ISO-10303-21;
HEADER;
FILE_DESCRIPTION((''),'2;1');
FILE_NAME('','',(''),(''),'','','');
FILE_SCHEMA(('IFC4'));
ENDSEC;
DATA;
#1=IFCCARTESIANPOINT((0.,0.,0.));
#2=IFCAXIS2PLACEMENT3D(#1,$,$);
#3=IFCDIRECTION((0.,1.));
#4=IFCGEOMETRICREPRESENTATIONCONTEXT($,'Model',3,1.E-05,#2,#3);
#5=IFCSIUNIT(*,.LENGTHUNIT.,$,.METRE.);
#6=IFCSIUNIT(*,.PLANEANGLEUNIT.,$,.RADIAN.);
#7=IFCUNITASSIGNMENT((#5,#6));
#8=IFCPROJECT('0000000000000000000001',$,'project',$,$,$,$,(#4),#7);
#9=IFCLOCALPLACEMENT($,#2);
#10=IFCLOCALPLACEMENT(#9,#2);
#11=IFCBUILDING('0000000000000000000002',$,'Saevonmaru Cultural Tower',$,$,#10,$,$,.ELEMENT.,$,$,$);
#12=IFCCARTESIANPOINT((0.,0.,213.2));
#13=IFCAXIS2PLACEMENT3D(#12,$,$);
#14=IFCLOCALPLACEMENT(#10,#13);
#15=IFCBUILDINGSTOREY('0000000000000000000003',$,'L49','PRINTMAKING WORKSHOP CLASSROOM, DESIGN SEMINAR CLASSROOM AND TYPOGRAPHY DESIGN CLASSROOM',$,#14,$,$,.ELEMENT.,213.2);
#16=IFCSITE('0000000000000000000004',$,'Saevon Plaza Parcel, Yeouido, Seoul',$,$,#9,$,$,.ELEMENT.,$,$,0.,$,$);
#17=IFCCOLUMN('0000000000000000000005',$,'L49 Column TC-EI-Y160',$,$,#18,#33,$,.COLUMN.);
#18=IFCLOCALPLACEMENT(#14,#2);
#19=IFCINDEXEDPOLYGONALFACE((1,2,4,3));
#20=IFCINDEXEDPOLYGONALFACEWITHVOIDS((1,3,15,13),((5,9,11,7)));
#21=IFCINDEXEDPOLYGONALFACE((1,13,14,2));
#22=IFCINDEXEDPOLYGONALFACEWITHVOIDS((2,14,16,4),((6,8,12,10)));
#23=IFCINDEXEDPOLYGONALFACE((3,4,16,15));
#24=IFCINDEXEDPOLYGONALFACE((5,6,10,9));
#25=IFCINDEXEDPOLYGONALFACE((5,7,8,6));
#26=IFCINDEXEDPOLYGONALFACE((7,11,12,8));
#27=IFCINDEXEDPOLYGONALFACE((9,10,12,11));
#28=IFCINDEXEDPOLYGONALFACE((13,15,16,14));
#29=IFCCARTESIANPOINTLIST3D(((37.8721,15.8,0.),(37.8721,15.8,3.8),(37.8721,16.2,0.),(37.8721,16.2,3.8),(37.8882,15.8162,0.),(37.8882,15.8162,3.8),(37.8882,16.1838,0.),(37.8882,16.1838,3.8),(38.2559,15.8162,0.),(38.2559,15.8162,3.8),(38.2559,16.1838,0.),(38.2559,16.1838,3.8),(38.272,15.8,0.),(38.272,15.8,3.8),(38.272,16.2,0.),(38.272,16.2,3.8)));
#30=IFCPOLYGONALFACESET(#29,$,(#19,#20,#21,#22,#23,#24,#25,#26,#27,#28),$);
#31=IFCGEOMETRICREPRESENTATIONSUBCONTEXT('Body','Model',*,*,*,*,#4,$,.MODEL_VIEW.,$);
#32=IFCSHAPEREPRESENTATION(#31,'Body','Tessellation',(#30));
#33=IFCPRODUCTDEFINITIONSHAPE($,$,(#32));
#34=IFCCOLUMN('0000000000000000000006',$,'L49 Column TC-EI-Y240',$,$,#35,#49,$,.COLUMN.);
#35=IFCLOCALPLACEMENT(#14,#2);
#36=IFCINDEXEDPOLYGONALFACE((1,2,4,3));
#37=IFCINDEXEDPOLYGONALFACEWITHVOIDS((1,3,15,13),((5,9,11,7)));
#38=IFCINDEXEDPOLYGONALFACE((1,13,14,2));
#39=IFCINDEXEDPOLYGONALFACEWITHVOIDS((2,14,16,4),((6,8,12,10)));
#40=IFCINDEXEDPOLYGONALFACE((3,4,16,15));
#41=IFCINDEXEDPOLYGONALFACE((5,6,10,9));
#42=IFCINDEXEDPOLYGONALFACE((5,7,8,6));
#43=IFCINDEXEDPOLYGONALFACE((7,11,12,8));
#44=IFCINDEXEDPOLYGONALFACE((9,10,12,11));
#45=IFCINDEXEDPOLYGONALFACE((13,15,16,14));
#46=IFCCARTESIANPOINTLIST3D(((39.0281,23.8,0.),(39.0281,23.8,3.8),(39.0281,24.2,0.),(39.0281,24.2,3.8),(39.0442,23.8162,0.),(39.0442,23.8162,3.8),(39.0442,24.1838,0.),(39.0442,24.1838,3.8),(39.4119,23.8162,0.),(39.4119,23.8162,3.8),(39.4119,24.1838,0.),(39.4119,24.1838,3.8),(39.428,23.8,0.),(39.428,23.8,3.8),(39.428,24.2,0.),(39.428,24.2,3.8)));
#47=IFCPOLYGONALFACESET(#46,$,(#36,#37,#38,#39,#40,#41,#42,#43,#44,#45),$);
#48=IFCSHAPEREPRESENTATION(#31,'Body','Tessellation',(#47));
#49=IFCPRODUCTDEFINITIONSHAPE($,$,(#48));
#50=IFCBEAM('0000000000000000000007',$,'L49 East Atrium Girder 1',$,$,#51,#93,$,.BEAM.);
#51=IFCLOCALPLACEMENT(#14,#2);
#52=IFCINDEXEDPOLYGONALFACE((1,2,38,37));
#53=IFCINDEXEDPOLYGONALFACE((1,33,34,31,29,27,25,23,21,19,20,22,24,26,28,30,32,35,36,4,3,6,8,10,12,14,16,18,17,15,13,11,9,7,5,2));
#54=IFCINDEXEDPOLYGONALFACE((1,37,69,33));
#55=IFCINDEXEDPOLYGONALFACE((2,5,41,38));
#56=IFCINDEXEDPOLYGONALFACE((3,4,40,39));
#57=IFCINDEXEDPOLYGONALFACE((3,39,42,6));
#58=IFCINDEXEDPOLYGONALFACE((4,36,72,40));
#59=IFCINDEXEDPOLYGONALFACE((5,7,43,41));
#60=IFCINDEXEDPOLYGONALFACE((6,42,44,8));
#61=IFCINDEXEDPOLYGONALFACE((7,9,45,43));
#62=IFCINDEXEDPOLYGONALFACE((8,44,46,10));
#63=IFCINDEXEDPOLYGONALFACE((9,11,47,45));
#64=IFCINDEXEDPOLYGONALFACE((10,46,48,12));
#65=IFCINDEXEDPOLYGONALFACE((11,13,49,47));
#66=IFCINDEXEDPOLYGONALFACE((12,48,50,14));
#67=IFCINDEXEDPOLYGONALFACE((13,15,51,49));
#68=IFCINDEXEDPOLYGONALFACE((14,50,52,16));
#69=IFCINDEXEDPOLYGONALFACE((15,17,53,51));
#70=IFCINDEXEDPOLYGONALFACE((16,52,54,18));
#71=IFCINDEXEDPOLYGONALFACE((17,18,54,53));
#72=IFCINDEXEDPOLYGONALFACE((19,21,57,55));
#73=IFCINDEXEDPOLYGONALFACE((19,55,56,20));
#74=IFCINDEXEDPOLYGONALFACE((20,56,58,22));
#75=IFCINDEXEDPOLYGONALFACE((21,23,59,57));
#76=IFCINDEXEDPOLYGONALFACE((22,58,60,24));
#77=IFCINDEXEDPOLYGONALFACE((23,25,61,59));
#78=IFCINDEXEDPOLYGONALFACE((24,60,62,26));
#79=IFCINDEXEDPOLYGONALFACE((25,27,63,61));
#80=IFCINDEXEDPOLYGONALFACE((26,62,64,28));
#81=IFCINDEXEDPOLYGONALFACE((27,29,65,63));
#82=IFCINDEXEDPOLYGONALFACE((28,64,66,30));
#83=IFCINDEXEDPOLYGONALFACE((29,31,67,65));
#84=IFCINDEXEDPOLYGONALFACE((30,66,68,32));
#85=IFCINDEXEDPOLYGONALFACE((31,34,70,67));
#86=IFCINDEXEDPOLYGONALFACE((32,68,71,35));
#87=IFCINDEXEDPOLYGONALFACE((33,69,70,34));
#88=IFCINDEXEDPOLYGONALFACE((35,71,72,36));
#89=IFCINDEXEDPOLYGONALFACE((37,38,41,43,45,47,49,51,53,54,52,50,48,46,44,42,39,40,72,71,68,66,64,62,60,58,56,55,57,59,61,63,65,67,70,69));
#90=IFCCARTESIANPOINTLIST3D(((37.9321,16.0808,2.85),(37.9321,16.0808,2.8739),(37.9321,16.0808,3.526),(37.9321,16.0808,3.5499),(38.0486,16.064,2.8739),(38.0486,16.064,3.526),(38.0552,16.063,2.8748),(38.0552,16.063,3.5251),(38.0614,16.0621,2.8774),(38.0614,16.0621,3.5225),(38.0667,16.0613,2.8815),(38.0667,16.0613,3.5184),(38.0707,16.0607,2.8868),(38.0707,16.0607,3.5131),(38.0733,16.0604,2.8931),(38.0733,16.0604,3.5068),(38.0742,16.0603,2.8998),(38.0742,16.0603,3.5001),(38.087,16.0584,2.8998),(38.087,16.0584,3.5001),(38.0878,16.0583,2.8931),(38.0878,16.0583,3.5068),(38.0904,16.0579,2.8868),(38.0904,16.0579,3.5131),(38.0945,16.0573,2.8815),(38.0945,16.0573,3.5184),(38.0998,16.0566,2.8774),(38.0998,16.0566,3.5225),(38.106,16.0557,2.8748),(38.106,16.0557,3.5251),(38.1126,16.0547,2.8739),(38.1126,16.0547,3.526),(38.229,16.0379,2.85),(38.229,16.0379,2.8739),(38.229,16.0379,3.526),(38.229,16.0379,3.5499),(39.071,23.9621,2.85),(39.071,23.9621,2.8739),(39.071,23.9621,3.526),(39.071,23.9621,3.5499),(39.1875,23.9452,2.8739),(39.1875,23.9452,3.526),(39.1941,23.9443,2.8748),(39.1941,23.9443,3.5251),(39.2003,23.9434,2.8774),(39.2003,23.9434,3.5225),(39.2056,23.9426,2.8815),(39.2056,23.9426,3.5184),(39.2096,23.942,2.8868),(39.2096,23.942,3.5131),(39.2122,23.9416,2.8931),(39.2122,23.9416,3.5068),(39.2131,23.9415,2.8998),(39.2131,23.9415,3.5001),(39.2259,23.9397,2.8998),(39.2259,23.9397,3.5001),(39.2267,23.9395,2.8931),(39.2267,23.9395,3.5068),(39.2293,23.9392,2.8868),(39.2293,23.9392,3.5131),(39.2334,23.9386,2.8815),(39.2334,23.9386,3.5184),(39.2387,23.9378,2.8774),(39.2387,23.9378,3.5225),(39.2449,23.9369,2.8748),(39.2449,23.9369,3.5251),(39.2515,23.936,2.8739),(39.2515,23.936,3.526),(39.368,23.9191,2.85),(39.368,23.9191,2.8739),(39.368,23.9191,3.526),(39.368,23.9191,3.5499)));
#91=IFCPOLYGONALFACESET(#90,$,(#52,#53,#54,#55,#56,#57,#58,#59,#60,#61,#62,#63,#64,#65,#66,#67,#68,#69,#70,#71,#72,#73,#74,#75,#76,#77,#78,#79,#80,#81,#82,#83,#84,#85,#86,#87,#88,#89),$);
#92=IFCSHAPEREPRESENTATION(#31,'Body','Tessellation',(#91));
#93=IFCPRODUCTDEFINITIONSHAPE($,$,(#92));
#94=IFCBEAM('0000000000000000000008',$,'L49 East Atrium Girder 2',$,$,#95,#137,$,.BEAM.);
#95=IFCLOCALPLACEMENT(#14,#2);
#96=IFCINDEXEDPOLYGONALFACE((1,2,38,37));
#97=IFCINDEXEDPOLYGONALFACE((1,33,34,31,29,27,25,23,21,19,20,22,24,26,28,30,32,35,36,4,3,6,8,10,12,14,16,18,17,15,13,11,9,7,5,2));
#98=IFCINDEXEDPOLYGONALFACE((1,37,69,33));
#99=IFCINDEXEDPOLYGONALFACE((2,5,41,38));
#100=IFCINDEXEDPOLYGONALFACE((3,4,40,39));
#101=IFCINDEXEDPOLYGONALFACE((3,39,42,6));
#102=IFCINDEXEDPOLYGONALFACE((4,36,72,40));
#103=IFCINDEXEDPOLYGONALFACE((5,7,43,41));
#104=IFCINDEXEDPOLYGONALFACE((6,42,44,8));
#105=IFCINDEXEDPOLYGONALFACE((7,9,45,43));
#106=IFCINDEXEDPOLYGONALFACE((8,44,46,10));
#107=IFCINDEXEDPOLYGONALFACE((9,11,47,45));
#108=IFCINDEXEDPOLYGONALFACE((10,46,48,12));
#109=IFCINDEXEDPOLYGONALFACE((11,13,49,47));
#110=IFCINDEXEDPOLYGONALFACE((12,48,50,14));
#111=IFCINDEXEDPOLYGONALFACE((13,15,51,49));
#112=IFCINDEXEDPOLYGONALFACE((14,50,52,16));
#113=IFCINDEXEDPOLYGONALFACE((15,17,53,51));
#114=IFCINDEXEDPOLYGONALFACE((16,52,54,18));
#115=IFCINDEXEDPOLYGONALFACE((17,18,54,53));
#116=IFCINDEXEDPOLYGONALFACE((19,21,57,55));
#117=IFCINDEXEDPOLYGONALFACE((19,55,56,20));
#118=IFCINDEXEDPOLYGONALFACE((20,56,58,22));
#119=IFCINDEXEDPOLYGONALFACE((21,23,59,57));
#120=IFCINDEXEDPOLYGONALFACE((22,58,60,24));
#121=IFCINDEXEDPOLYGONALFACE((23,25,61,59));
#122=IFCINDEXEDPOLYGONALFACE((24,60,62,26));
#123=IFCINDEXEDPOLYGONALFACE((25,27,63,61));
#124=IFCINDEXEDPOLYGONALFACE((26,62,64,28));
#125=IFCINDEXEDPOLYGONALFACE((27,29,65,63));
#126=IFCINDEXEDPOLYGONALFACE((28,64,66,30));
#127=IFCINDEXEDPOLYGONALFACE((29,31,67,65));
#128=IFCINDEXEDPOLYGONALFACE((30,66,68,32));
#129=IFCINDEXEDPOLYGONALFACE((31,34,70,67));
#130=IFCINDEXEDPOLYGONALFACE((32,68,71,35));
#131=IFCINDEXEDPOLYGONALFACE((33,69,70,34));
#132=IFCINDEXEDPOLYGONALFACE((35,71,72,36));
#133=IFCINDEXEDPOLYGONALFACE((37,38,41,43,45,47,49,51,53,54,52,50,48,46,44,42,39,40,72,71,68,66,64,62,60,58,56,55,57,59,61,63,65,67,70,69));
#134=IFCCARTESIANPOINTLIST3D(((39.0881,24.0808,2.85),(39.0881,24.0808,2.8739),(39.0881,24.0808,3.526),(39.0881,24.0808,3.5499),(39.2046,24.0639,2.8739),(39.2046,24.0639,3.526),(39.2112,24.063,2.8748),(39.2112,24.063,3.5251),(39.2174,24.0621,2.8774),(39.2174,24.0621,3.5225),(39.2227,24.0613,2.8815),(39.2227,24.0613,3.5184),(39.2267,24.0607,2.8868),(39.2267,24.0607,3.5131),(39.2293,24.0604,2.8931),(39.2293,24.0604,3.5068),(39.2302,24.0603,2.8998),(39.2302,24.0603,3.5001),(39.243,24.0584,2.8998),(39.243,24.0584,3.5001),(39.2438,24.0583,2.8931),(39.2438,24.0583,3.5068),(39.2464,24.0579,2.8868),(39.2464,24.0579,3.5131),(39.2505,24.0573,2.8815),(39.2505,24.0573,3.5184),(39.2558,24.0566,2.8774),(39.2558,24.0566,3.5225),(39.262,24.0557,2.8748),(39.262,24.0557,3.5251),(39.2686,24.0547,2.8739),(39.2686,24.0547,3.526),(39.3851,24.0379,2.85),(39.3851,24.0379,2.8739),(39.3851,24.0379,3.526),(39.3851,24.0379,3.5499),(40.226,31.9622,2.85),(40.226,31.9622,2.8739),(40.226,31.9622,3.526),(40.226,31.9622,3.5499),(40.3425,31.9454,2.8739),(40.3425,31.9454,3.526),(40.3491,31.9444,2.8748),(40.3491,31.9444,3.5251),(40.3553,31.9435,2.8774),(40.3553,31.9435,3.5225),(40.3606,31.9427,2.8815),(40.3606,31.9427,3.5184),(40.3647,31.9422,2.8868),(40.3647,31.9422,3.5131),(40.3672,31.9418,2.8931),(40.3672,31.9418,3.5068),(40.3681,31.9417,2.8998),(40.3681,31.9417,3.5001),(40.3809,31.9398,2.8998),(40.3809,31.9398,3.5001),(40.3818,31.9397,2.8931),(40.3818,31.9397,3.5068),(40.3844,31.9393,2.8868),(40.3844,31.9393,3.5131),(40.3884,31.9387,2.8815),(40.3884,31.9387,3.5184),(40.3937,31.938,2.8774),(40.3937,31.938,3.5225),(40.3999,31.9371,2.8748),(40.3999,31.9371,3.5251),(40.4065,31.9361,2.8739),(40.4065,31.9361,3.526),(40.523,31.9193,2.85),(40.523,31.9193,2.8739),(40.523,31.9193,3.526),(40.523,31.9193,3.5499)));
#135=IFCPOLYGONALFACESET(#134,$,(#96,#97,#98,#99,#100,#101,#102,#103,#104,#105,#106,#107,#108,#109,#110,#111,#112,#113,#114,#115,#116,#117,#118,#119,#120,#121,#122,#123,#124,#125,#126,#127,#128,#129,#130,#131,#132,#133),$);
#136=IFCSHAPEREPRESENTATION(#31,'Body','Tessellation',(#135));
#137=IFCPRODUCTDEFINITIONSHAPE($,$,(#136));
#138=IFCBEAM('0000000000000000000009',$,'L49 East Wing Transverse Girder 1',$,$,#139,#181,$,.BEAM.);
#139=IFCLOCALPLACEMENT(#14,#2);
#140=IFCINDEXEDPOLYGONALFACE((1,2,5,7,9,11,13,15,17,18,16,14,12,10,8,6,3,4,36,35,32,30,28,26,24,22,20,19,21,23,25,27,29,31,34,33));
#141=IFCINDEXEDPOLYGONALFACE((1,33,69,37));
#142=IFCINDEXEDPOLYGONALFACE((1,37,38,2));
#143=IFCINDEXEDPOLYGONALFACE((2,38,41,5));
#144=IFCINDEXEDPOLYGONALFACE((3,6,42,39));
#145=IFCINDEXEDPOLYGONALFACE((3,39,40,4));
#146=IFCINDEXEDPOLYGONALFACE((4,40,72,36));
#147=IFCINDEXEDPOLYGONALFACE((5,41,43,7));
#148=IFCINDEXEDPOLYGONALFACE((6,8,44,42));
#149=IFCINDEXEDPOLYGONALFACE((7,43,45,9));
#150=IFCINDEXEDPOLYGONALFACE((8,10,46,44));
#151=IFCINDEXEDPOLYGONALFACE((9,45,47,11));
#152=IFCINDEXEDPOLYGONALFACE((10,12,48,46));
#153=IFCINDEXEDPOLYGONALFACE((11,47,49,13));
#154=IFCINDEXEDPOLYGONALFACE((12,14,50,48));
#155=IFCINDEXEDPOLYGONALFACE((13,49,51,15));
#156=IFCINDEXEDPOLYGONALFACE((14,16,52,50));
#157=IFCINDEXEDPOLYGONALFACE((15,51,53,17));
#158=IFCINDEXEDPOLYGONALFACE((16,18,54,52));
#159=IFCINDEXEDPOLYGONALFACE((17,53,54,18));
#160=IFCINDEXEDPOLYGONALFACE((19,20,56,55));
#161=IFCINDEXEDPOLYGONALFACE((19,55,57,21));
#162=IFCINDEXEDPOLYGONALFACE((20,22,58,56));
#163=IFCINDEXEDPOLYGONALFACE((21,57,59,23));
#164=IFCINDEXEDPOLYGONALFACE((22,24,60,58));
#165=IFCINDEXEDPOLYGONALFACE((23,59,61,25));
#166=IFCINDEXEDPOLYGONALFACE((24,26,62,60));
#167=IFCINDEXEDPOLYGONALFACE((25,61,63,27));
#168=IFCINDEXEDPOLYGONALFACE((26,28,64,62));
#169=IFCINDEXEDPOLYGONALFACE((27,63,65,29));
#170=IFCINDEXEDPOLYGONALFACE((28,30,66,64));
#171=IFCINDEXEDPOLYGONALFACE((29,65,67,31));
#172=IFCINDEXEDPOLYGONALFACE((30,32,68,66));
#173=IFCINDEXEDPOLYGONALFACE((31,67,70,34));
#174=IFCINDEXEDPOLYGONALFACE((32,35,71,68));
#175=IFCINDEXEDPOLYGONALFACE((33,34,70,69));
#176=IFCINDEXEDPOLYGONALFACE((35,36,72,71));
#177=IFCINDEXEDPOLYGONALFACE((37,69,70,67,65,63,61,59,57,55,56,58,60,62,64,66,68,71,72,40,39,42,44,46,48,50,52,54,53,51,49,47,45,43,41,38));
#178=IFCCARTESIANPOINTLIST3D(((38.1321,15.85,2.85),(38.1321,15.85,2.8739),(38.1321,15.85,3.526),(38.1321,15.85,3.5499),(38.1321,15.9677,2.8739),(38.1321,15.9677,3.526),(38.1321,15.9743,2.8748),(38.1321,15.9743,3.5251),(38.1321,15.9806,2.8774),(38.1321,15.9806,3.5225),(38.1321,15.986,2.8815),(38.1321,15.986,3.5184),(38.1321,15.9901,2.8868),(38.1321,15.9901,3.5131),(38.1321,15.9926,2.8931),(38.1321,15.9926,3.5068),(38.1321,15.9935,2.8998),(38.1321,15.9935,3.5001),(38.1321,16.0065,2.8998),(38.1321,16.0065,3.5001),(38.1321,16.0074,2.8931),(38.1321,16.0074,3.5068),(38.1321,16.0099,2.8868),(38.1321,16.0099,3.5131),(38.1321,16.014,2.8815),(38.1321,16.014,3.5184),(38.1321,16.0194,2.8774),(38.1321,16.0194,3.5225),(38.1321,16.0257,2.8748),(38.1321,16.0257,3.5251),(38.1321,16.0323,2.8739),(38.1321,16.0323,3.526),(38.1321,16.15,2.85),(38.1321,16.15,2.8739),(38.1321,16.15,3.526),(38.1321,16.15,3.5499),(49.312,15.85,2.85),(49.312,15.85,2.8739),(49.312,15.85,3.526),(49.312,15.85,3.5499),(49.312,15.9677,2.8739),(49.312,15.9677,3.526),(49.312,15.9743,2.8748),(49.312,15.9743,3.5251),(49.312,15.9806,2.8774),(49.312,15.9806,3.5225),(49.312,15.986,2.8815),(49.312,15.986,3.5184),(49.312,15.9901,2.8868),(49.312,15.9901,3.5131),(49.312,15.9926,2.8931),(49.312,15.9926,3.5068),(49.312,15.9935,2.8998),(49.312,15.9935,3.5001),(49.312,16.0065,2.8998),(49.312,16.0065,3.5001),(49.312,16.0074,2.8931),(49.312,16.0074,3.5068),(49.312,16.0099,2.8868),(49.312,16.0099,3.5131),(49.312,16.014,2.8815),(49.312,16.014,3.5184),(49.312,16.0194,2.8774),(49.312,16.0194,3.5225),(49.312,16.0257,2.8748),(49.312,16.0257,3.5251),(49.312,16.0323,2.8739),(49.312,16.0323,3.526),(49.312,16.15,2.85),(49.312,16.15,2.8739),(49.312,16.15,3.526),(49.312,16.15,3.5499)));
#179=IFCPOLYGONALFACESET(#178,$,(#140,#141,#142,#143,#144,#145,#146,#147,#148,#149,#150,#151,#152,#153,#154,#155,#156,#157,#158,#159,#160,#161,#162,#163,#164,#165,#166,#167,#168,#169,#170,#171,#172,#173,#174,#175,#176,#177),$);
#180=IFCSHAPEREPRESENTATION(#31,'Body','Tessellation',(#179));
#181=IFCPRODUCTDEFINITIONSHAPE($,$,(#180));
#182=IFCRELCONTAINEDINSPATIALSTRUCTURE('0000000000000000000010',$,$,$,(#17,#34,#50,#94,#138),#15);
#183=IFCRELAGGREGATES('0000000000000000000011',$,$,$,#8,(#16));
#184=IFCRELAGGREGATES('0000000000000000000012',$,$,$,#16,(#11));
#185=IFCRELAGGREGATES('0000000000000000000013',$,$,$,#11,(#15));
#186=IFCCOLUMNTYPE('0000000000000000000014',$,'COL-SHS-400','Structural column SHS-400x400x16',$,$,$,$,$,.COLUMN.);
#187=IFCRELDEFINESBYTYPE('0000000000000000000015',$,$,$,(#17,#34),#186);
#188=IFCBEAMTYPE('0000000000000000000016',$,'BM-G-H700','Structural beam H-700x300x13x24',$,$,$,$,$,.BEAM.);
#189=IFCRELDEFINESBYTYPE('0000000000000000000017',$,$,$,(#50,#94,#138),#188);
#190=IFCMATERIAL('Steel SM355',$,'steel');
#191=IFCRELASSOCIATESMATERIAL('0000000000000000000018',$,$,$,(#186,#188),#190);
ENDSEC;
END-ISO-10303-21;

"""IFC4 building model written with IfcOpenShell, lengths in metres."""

from ifc_helpers import new_model, si_unit, direction, frame, origin, origin_2d, place, context, subcontext, project, spatial, hollow_rectangle, i_section, extrude, material, material_profile, profile_set, type_object, element, save


model = new_model("IFC4")

# Units and contexts
model_context = context("Model", 3, precision=1e-05, world=origin(), true_north=direction((0.0, 1.0)))
body_context = subcontext(model_context, "Body", "Model", "MODEL_VIEW")
ifc_project = project(units=[si_unit("LENGTHUNIT", "METRE"), si_unit("PLANEANGLEUNIT", "RADIAN")], contexts=[model_context])

# Site, building, storey
site_placement = place(None, origin())
site = spatial("IfcSite", under=ifc_project, at=site_placement, Name="Saevon Plaza Parcel, Yeouido, Seoul", CompositionType="ELEMENT", RefElevation=0.0)
building_placement = place(site_placement, origin())
building = spatial("IfcBuilding", under=site, at=building_placement, Name="Saevonmaru Cultural Tower", CompositionType="ELEMENT")
storey_placement = place(building_placement, frame((0.0, 0.0, 213.2)))
storey = spatial("IfcBuildingStorey", under=building, at=storey_placement, Name="L49", Description="PRINTMAKING WORKSHOP CLASSROOM, DESIGN SEMINAR CLASSROOM AND TYPOGRAPHY DESIGN CLASSROOM", CompositionType="ELEMENT", Elevation=213.2)

# Columns
ifc_material_1 = material(Name="Steel SM355", Category="steel")
ifc_material_profile_1 = material_profile(ifc_material_1, hollow_rectangle(XDim=0.3999, YDim=0.3999, WallThickness=0.0161, at=origin_2d()), Name="SHS-400x400x16")
ifc_profile_set_1 = profile_set([ifc_material_profile_1], Name="Steel SM355")
column_type = type_object("IfcColumnType", Name="COL-SHS-400", Description="Structural column SHS-400x400x16", PredefinedType="COLUMN", material=ifc_profile_set_1)
for number, where, z_axis, x_axis, name in (
    (1, (38.072, 16.0, 0.0), (0.0, 0.0, 1.0), (1.0, 0.0, 0.0), "L49 Column TC-EI-Y160"),
    (2, (39.228, 24.0, 0.0), (0.0, 0.0, 1.0), (1.0, 0.0, 0.0), "L49 Column TC-EI-Y240"),
):
    element("IfcColumn", number, at=place(storey_placement, frame(where, z_axis=z_axis, x_axis=x_axis)), inside=storey, type_object=column_type, Name=name, PredefinedType="COLUMN", context=body_context, shape_type="SweptSolid", body=[
        extrude(hollow_rectangle(XDim=0.3999, YDim=0.3999, WallThickness=0.0161, at=origin_2d()), origin(), (0.0, 0.0, 1.0), 3.8),
    ])

# Beams
ifc_material_profile_2 = material_profile(ifc_material_1, i_section(OverallWidth=0.3, OverallDepth=0.7, WebThickness=0.0129, FlangeThickness=0.0239, FilletRadius=0.0259, at=origin_2d()), Name="H-700x300x13x24")
ifc_profile_set_2 = profile_set([ifc_material_profile_2], Name="Steel SM355")
beam_type_1 = type_object("IfcBeamType", Name="BM-G-H700", Description="Structural beam H-700x300x13x24", PredefinedType="BEAM", material=ifc_profile_set_2)
for number, where, z_axis, x_axis, name in (
    (3, (38.0806, 16.0593, 3.2), (0.143022, 0.989719, 0.0), (-0.989719, 0.143022, 0.0), "L49 East Atrium Girder 1"),
    (4, (39.2366, 24.0593, 3.2), (0.142902, 0.989737, 0.0), (-0.989737, 0.142902, 0.0), "L49 East Atrium Girder 2"),
):
    element("IfcBeam", number, at=place(storey_placement, frame(where, z_axis=z_axis, x_axis=x_axis)), inside=storey, type_object=beam_type_1, Name=name, PredefinedType="BEAM", context=body_context, shape_type="SweptSolid", body=[
        extrude(i_section(OverallWidth=0.3, OverallDepth=0.7, WebThickness=0.0129, FlangeThickness=0.0239, FilletRadius=0.0259, at=origin_2d()), origin(), (0.0, 0.0, 1.0), 7.9631),
    ])
for number, where, z_axis, x_axis, name in (
    (5, (38.1321, 16.0, 3.2), (1.0, 0.0, 0.0), (0.0, 1.0, 0.0), "L49 East Wing Transverse Girder 1"),
):
    element("IfcBeam", number, at=place(storey_placement, frame(where, z_axis=z_axis, x_axis=x_axis)), inside=storey, type_object=beam_type_1, Name=name, PredefinedType="BEAM", context=body_context, shape_type="SweptSolid", body=[
        extrude(i_section(OverallWidth=0.3, OverallDepth=0.7, WebThickness=0.0129, FlangeThickness=0.0239, FilletRadius=0.0259, at=origin_2d()), origin(), (0.0, 0.0, 1.0), 11.1799),
    ])

save(model, "model.ifc")
